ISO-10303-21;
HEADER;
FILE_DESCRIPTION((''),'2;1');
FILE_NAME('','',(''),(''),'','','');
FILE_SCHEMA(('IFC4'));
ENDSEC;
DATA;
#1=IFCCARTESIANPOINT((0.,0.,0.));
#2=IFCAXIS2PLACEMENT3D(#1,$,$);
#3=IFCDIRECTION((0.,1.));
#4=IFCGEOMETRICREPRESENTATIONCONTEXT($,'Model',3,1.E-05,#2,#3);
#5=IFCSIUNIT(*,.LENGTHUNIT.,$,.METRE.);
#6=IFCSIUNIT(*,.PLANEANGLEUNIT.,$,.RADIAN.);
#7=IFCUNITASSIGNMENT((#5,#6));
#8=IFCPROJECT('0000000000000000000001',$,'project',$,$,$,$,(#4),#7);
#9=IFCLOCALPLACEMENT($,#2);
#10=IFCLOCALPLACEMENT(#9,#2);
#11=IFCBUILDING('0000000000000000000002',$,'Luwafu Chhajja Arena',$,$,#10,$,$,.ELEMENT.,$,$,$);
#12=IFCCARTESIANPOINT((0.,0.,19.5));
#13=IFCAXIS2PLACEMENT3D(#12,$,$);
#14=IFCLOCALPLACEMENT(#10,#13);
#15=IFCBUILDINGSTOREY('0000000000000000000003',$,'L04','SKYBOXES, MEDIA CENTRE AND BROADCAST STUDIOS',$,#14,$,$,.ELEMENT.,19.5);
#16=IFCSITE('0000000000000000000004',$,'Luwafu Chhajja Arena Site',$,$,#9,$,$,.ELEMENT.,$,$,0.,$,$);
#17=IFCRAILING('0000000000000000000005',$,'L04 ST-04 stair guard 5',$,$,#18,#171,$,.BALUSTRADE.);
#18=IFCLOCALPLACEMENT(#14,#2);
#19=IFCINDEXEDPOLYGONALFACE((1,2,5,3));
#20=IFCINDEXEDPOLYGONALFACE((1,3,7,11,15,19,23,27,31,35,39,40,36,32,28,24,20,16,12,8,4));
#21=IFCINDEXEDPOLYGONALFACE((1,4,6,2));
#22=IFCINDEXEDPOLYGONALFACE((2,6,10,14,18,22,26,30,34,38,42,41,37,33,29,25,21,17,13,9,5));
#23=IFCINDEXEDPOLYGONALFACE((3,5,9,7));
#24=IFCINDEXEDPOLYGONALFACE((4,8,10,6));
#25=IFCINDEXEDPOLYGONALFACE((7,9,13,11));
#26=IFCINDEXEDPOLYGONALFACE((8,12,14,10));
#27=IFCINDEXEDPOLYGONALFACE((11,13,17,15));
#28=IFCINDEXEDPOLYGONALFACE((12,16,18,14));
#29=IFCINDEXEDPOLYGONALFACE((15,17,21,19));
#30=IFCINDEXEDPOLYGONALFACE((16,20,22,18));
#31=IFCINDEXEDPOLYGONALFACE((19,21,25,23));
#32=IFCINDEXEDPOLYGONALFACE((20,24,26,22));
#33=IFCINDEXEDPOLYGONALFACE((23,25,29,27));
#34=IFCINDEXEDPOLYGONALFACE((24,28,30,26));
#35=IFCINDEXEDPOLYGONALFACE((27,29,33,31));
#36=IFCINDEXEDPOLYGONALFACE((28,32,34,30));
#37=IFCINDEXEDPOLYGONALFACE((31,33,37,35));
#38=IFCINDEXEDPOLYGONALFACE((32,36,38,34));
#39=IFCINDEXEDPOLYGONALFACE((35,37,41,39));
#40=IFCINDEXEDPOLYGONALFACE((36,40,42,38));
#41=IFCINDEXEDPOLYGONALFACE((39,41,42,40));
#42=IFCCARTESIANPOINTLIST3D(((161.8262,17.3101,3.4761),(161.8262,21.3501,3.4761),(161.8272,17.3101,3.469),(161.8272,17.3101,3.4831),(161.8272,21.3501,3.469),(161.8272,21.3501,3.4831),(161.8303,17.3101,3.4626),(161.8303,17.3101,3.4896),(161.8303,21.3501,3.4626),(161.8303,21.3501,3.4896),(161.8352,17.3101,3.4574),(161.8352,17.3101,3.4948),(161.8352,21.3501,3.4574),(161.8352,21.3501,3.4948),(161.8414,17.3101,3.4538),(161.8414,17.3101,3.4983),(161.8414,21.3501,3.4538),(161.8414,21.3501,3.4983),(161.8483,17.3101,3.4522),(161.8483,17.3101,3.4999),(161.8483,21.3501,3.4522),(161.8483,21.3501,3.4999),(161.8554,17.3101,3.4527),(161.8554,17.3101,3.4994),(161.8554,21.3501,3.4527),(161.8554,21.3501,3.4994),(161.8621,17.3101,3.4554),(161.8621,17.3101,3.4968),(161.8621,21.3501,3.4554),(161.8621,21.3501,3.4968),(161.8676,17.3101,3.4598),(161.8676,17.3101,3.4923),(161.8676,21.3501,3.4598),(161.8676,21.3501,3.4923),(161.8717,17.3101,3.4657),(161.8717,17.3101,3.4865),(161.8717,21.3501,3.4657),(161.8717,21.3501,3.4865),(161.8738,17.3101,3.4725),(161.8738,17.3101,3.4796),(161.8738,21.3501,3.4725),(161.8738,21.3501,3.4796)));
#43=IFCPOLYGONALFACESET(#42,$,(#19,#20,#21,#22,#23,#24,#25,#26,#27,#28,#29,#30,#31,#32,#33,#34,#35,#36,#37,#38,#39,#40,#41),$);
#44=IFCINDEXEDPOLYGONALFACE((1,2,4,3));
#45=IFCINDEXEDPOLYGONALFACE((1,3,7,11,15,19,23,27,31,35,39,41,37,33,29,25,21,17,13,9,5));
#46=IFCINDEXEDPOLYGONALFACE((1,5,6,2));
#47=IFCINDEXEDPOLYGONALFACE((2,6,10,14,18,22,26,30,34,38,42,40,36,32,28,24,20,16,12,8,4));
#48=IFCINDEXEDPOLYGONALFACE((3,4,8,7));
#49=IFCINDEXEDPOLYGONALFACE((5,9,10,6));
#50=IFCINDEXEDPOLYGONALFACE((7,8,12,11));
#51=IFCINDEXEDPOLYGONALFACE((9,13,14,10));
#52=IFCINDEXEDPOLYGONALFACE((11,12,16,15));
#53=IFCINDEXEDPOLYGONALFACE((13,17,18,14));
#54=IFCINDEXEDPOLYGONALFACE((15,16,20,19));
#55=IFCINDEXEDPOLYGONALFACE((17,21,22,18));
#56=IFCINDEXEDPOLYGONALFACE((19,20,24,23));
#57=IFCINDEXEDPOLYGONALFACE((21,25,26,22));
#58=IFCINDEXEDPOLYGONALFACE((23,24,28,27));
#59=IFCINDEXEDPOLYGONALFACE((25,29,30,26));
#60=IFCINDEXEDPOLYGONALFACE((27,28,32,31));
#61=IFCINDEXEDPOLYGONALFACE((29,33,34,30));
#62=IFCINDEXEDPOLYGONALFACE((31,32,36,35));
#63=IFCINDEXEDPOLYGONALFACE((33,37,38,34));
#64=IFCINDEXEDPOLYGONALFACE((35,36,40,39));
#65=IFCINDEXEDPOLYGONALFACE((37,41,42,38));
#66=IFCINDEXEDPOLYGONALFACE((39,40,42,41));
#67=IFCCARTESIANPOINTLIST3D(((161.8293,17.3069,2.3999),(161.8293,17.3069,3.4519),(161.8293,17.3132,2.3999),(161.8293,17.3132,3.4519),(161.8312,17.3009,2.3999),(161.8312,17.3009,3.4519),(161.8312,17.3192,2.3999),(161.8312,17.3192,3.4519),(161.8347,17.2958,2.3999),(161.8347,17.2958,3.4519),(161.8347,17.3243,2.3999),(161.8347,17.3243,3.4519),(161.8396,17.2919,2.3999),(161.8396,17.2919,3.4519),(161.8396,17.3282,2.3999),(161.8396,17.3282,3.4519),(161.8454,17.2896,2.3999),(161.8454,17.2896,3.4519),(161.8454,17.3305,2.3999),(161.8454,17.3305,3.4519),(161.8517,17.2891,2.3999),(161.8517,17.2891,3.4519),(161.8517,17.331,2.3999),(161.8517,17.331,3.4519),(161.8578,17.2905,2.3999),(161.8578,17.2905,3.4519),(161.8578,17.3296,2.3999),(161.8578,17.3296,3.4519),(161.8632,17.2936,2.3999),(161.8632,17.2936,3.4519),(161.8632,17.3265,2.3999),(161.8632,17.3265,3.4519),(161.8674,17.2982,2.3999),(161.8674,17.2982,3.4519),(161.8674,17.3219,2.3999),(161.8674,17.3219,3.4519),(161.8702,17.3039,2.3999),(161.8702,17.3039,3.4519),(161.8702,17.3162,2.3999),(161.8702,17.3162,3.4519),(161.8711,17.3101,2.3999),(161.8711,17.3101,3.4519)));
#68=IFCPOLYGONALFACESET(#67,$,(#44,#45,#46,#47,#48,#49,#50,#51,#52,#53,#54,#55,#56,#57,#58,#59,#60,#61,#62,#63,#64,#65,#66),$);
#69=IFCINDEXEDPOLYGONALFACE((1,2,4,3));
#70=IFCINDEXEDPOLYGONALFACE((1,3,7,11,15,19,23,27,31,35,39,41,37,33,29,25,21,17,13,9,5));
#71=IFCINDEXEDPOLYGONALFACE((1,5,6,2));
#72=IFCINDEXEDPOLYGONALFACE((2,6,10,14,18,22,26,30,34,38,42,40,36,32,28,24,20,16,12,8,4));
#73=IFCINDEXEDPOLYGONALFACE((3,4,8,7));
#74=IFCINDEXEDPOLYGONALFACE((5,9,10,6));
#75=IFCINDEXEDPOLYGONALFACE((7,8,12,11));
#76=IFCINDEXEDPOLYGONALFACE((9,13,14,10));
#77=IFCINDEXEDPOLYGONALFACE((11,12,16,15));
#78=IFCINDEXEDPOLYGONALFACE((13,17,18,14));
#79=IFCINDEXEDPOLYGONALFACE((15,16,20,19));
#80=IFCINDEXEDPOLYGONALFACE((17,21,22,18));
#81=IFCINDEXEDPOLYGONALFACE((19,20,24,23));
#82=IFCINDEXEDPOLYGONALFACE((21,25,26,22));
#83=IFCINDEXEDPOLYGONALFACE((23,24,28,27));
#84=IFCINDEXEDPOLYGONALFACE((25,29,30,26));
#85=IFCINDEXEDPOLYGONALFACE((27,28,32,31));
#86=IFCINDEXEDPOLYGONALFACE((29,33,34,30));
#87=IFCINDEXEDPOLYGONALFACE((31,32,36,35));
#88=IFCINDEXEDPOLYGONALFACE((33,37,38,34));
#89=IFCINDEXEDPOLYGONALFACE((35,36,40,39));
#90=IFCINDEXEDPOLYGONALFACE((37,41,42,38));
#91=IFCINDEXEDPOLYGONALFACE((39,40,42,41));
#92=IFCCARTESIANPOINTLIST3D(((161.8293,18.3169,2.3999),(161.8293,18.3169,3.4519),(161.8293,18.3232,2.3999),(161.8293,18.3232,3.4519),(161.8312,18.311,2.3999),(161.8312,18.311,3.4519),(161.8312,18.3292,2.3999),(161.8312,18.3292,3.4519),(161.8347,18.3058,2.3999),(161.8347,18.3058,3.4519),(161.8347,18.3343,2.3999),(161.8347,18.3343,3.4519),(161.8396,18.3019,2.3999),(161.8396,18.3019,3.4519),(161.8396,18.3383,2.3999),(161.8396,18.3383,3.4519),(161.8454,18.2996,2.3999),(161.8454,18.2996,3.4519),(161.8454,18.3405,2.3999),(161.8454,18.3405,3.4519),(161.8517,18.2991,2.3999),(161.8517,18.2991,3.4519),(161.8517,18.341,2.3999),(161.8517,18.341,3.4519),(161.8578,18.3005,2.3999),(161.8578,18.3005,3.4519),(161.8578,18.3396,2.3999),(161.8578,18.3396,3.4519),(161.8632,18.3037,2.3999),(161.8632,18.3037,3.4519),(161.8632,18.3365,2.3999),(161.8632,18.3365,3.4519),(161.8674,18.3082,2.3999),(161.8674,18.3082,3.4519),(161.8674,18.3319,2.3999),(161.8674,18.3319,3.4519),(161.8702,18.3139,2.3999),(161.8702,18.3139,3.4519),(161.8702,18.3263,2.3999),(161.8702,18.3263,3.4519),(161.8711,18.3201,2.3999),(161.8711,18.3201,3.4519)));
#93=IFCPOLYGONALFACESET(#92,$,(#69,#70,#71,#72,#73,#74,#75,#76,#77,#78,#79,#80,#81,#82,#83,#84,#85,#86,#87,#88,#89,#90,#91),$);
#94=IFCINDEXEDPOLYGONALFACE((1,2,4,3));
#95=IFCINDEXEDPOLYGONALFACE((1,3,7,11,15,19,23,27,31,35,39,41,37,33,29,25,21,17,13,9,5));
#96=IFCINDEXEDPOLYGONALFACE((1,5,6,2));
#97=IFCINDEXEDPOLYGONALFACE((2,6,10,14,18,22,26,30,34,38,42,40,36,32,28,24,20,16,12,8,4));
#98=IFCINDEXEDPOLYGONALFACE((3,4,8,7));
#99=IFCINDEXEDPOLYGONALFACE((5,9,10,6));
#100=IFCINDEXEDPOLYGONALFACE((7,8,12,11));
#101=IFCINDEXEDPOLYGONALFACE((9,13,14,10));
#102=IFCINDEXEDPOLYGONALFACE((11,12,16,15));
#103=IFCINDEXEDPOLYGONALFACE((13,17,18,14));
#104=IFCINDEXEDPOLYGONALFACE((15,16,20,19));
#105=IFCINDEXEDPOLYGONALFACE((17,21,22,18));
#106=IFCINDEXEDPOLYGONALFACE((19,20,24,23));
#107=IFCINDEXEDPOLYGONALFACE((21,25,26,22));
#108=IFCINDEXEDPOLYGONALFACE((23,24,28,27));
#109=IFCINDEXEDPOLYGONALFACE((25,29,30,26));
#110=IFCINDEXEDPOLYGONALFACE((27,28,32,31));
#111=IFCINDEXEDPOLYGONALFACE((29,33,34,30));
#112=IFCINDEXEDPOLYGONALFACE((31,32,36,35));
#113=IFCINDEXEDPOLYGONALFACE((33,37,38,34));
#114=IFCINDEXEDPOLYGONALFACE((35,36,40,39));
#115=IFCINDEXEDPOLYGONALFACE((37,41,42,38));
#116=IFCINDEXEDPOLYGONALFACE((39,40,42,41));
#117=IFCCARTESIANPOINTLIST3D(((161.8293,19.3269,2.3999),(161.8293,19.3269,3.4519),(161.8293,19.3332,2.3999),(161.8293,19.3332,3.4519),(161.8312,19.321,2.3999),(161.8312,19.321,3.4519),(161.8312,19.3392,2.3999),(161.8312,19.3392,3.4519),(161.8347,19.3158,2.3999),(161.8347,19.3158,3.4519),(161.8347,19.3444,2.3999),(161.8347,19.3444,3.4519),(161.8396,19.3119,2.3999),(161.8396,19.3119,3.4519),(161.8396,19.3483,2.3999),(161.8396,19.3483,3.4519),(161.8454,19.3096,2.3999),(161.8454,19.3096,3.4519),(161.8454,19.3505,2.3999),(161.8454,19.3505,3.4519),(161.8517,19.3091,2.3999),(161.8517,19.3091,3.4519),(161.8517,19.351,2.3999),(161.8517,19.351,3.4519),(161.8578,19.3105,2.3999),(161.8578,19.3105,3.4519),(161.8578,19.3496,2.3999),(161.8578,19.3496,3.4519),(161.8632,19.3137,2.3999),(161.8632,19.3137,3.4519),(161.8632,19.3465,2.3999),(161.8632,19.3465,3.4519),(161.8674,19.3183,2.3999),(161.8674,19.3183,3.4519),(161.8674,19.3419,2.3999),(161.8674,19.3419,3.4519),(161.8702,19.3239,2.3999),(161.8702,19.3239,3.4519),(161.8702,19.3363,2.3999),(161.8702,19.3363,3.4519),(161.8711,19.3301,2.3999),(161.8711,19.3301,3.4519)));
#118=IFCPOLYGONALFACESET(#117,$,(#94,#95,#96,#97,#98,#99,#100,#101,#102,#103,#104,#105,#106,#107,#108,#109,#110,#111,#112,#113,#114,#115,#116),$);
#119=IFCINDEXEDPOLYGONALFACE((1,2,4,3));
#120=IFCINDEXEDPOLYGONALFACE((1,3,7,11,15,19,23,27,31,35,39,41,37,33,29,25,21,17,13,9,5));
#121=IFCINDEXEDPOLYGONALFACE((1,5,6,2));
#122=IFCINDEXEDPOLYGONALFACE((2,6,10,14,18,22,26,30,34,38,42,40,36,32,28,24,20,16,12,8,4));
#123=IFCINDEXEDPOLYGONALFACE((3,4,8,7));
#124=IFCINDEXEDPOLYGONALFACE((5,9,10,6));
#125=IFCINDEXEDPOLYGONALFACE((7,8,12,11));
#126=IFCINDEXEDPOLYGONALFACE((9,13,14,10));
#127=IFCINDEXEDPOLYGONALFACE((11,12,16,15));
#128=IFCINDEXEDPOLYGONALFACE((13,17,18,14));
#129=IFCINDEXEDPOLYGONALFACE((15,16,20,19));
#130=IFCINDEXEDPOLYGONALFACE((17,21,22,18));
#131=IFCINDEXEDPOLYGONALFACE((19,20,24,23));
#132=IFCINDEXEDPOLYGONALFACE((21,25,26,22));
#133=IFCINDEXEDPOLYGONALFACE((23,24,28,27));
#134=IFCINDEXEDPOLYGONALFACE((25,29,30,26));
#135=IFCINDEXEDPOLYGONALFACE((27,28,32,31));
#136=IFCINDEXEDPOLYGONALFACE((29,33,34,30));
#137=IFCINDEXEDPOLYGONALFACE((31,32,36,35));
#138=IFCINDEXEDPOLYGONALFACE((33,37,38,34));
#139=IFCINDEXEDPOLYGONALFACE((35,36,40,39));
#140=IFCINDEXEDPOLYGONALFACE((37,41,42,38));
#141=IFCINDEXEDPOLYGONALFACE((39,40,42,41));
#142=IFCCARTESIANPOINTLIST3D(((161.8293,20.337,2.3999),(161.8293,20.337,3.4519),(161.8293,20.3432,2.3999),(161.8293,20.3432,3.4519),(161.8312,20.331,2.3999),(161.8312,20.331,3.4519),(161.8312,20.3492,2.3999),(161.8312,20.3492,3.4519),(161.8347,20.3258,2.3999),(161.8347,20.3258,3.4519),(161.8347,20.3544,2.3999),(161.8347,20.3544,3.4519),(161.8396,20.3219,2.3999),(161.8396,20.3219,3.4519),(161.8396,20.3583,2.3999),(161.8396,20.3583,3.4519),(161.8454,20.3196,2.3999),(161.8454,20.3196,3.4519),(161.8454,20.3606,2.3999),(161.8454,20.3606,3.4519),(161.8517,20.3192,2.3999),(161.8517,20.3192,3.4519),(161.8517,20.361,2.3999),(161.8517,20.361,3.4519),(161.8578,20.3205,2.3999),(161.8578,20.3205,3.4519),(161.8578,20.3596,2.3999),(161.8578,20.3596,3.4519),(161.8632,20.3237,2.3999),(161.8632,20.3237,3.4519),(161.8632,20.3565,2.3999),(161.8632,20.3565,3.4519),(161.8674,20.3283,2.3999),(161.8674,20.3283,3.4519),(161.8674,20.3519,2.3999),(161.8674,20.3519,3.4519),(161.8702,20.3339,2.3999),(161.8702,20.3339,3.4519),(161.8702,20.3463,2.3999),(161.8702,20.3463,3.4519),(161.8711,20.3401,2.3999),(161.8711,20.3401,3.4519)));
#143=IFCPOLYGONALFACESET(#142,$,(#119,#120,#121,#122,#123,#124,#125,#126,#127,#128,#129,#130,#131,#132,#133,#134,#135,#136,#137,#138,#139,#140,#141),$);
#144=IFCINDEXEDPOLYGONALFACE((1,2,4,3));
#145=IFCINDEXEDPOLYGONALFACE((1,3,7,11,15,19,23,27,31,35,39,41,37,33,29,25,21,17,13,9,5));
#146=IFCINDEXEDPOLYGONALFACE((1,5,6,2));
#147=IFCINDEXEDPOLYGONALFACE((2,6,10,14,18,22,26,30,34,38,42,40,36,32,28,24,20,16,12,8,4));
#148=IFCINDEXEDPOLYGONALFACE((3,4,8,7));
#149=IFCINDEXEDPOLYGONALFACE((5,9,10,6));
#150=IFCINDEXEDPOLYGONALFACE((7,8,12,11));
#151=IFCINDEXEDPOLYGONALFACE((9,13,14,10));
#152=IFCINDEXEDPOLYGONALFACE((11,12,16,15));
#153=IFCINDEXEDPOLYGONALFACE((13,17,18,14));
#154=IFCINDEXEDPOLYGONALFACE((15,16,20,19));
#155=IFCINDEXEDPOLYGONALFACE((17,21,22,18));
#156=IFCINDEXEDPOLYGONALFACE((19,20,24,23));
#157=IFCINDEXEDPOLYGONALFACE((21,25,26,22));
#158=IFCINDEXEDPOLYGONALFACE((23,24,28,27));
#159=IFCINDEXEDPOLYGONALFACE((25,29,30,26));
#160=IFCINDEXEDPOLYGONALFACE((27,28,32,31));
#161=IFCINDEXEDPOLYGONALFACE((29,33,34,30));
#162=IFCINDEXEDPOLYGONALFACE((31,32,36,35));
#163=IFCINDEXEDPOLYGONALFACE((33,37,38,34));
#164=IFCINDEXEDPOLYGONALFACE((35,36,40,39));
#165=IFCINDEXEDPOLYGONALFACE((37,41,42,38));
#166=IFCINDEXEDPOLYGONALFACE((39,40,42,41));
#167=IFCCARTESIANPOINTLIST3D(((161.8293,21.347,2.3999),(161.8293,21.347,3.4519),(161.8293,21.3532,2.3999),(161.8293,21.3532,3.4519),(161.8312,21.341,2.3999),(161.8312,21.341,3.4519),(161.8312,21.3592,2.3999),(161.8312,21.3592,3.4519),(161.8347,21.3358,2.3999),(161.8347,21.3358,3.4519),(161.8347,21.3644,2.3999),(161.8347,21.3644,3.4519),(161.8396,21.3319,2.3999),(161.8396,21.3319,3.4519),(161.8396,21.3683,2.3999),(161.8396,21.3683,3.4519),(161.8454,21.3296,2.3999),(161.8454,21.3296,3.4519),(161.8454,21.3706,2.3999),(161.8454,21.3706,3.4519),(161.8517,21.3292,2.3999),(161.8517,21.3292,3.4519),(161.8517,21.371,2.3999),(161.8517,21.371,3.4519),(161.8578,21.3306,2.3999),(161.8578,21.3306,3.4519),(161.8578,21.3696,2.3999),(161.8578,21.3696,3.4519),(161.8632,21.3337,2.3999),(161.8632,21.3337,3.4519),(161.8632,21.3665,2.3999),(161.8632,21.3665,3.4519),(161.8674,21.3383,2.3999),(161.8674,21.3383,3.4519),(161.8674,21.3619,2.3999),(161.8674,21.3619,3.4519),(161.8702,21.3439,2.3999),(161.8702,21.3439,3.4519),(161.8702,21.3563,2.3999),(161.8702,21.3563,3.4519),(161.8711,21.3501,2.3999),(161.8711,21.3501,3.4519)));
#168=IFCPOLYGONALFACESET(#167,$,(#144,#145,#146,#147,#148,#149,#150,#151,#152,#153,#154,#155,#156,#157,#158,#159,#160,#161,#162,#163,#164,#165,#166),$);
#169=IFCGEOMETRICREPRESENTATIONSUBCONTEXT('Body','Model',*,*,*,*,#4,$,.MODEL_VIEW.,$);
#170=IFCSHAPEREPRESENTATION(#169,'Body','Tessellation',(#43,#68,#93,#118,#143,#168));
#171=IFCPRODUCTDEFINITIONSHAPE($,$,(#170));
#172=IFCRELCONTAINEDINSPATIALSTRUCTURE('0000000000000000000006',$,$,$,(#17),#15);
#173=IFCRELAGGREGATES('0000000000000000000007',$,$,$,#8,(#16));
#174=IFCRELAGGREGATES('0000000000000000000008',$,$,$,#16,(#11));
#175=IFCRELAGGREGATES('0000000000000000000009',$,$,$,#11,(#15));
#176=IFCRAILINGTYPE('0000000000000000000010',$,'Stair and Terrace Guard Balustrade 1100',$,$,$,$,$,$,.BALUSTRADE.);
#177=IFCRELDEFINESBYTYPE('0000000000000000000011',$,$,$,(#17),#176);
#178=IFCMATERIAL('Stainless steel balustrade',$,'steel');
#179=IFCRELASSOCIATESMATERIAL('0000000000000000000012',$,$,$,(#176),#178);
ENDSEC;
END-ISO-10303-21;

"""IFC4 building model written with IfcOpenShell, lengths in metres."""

from ifc_helpers import new_model, si_unit, direction, frame, origin, origin_2d, place, context, subcontext, project, spatial, circle, extrude, material, type_object, element, save


model = new_model("IFC4")

# Units and contexts
model_context = context("Model", 3, precision=1e-05, world=origin(), true_north=direction((0.0, 1.0)))
body_context = subcontext(model_context, "Body", "Model", "MODEL_VIEW")
ifc_project = project(units=[si_unit("LENGTHUNIT", "METRE"), si_unit("PLANEANGLEUNIT", "RADIAN")], contexts=[model_context])

# Site, building, storey
site_placement = place(None, origin())
site = spatial("IfcSite", under=ifc_project, at=site_placement, Name="Luwafu Chhajja Arena Site", CompositionType="ELEMENT", RefElevation=0.0)
building_placement = place(site_placement, origin())
building = spatial("IfcBuilding", under=site, at=building_placement, Name="Luwafu Chhajja Arena", CompositionType="ELEMENT")
storey_placement = place(building_placement, frame((0.0, 0.0, 19.5)))
storey = spatial("IfcBuildingStorey", under=building, at=storey_placement, Name="L04", Description="SKYBOXES, MEDIA CENTRE AND BROADCAST STUDIOS", CompositionType="ELEMENT", Elevation=19.5)

# Railing
ifc_material_1 = material(Name="Stainless steel balustrade", Category="steel")
railing_type_1 = type_object("IfcRailingType", Name="Stair and Terrace Guard Balustrade 1100", PredefinedType="BALUSTRADE", material=ifc_material_1)
railing_1_placement = place(storey_placement, frame((161.8501, 17.3101, 2.3999)))
element("IfcRailing", 1, at=railing_1_placement, inside=storey, type_object=railing_type_1, Name="L04 ST-04 stair guard 5", PredefinedType="BALUSTRADE", context=body_context, shape_type="SweptSolid", body=[
    extrude(circle(Radius=0.0239, at=origin_2d()), frame((0.0, 0.0, 1.0762), z_axis=(0.0, 1.0, 0.0), x_axis=(-1.0, 0.0, 0.0)), (0.0, 0.0, 1.0), 4.04),
    extrude(circle(Radius=0.021, at=origin_2d()), origin(), (0.0, 0.0, 1.0), 1.052),
    extrude(circle(Radius=0.021, at=origin_2d()), frame((0.0, 1.01, 0.0)), (0.0, 0.0, 1.0), 1.052),
    extrude(circle(Radius=0.021, at=origin_2d()), frame((0.0, 2.02, 0.0)), (0.0, 0.0, 1.0), 1.052),
    extrude(circle(Radius=0.021, at=origin_2d()), frame((0.0, 3.03, 0.0)), (0.0, 0.0, 1.0), 1.052),
    extrude(circle(Radius=0.021, at=origin_2d()), frame((0.0, 4.04, 0.0)), (0.0, 0.0, 1.0), 1.052),
])

save(model, "model.ifc")
